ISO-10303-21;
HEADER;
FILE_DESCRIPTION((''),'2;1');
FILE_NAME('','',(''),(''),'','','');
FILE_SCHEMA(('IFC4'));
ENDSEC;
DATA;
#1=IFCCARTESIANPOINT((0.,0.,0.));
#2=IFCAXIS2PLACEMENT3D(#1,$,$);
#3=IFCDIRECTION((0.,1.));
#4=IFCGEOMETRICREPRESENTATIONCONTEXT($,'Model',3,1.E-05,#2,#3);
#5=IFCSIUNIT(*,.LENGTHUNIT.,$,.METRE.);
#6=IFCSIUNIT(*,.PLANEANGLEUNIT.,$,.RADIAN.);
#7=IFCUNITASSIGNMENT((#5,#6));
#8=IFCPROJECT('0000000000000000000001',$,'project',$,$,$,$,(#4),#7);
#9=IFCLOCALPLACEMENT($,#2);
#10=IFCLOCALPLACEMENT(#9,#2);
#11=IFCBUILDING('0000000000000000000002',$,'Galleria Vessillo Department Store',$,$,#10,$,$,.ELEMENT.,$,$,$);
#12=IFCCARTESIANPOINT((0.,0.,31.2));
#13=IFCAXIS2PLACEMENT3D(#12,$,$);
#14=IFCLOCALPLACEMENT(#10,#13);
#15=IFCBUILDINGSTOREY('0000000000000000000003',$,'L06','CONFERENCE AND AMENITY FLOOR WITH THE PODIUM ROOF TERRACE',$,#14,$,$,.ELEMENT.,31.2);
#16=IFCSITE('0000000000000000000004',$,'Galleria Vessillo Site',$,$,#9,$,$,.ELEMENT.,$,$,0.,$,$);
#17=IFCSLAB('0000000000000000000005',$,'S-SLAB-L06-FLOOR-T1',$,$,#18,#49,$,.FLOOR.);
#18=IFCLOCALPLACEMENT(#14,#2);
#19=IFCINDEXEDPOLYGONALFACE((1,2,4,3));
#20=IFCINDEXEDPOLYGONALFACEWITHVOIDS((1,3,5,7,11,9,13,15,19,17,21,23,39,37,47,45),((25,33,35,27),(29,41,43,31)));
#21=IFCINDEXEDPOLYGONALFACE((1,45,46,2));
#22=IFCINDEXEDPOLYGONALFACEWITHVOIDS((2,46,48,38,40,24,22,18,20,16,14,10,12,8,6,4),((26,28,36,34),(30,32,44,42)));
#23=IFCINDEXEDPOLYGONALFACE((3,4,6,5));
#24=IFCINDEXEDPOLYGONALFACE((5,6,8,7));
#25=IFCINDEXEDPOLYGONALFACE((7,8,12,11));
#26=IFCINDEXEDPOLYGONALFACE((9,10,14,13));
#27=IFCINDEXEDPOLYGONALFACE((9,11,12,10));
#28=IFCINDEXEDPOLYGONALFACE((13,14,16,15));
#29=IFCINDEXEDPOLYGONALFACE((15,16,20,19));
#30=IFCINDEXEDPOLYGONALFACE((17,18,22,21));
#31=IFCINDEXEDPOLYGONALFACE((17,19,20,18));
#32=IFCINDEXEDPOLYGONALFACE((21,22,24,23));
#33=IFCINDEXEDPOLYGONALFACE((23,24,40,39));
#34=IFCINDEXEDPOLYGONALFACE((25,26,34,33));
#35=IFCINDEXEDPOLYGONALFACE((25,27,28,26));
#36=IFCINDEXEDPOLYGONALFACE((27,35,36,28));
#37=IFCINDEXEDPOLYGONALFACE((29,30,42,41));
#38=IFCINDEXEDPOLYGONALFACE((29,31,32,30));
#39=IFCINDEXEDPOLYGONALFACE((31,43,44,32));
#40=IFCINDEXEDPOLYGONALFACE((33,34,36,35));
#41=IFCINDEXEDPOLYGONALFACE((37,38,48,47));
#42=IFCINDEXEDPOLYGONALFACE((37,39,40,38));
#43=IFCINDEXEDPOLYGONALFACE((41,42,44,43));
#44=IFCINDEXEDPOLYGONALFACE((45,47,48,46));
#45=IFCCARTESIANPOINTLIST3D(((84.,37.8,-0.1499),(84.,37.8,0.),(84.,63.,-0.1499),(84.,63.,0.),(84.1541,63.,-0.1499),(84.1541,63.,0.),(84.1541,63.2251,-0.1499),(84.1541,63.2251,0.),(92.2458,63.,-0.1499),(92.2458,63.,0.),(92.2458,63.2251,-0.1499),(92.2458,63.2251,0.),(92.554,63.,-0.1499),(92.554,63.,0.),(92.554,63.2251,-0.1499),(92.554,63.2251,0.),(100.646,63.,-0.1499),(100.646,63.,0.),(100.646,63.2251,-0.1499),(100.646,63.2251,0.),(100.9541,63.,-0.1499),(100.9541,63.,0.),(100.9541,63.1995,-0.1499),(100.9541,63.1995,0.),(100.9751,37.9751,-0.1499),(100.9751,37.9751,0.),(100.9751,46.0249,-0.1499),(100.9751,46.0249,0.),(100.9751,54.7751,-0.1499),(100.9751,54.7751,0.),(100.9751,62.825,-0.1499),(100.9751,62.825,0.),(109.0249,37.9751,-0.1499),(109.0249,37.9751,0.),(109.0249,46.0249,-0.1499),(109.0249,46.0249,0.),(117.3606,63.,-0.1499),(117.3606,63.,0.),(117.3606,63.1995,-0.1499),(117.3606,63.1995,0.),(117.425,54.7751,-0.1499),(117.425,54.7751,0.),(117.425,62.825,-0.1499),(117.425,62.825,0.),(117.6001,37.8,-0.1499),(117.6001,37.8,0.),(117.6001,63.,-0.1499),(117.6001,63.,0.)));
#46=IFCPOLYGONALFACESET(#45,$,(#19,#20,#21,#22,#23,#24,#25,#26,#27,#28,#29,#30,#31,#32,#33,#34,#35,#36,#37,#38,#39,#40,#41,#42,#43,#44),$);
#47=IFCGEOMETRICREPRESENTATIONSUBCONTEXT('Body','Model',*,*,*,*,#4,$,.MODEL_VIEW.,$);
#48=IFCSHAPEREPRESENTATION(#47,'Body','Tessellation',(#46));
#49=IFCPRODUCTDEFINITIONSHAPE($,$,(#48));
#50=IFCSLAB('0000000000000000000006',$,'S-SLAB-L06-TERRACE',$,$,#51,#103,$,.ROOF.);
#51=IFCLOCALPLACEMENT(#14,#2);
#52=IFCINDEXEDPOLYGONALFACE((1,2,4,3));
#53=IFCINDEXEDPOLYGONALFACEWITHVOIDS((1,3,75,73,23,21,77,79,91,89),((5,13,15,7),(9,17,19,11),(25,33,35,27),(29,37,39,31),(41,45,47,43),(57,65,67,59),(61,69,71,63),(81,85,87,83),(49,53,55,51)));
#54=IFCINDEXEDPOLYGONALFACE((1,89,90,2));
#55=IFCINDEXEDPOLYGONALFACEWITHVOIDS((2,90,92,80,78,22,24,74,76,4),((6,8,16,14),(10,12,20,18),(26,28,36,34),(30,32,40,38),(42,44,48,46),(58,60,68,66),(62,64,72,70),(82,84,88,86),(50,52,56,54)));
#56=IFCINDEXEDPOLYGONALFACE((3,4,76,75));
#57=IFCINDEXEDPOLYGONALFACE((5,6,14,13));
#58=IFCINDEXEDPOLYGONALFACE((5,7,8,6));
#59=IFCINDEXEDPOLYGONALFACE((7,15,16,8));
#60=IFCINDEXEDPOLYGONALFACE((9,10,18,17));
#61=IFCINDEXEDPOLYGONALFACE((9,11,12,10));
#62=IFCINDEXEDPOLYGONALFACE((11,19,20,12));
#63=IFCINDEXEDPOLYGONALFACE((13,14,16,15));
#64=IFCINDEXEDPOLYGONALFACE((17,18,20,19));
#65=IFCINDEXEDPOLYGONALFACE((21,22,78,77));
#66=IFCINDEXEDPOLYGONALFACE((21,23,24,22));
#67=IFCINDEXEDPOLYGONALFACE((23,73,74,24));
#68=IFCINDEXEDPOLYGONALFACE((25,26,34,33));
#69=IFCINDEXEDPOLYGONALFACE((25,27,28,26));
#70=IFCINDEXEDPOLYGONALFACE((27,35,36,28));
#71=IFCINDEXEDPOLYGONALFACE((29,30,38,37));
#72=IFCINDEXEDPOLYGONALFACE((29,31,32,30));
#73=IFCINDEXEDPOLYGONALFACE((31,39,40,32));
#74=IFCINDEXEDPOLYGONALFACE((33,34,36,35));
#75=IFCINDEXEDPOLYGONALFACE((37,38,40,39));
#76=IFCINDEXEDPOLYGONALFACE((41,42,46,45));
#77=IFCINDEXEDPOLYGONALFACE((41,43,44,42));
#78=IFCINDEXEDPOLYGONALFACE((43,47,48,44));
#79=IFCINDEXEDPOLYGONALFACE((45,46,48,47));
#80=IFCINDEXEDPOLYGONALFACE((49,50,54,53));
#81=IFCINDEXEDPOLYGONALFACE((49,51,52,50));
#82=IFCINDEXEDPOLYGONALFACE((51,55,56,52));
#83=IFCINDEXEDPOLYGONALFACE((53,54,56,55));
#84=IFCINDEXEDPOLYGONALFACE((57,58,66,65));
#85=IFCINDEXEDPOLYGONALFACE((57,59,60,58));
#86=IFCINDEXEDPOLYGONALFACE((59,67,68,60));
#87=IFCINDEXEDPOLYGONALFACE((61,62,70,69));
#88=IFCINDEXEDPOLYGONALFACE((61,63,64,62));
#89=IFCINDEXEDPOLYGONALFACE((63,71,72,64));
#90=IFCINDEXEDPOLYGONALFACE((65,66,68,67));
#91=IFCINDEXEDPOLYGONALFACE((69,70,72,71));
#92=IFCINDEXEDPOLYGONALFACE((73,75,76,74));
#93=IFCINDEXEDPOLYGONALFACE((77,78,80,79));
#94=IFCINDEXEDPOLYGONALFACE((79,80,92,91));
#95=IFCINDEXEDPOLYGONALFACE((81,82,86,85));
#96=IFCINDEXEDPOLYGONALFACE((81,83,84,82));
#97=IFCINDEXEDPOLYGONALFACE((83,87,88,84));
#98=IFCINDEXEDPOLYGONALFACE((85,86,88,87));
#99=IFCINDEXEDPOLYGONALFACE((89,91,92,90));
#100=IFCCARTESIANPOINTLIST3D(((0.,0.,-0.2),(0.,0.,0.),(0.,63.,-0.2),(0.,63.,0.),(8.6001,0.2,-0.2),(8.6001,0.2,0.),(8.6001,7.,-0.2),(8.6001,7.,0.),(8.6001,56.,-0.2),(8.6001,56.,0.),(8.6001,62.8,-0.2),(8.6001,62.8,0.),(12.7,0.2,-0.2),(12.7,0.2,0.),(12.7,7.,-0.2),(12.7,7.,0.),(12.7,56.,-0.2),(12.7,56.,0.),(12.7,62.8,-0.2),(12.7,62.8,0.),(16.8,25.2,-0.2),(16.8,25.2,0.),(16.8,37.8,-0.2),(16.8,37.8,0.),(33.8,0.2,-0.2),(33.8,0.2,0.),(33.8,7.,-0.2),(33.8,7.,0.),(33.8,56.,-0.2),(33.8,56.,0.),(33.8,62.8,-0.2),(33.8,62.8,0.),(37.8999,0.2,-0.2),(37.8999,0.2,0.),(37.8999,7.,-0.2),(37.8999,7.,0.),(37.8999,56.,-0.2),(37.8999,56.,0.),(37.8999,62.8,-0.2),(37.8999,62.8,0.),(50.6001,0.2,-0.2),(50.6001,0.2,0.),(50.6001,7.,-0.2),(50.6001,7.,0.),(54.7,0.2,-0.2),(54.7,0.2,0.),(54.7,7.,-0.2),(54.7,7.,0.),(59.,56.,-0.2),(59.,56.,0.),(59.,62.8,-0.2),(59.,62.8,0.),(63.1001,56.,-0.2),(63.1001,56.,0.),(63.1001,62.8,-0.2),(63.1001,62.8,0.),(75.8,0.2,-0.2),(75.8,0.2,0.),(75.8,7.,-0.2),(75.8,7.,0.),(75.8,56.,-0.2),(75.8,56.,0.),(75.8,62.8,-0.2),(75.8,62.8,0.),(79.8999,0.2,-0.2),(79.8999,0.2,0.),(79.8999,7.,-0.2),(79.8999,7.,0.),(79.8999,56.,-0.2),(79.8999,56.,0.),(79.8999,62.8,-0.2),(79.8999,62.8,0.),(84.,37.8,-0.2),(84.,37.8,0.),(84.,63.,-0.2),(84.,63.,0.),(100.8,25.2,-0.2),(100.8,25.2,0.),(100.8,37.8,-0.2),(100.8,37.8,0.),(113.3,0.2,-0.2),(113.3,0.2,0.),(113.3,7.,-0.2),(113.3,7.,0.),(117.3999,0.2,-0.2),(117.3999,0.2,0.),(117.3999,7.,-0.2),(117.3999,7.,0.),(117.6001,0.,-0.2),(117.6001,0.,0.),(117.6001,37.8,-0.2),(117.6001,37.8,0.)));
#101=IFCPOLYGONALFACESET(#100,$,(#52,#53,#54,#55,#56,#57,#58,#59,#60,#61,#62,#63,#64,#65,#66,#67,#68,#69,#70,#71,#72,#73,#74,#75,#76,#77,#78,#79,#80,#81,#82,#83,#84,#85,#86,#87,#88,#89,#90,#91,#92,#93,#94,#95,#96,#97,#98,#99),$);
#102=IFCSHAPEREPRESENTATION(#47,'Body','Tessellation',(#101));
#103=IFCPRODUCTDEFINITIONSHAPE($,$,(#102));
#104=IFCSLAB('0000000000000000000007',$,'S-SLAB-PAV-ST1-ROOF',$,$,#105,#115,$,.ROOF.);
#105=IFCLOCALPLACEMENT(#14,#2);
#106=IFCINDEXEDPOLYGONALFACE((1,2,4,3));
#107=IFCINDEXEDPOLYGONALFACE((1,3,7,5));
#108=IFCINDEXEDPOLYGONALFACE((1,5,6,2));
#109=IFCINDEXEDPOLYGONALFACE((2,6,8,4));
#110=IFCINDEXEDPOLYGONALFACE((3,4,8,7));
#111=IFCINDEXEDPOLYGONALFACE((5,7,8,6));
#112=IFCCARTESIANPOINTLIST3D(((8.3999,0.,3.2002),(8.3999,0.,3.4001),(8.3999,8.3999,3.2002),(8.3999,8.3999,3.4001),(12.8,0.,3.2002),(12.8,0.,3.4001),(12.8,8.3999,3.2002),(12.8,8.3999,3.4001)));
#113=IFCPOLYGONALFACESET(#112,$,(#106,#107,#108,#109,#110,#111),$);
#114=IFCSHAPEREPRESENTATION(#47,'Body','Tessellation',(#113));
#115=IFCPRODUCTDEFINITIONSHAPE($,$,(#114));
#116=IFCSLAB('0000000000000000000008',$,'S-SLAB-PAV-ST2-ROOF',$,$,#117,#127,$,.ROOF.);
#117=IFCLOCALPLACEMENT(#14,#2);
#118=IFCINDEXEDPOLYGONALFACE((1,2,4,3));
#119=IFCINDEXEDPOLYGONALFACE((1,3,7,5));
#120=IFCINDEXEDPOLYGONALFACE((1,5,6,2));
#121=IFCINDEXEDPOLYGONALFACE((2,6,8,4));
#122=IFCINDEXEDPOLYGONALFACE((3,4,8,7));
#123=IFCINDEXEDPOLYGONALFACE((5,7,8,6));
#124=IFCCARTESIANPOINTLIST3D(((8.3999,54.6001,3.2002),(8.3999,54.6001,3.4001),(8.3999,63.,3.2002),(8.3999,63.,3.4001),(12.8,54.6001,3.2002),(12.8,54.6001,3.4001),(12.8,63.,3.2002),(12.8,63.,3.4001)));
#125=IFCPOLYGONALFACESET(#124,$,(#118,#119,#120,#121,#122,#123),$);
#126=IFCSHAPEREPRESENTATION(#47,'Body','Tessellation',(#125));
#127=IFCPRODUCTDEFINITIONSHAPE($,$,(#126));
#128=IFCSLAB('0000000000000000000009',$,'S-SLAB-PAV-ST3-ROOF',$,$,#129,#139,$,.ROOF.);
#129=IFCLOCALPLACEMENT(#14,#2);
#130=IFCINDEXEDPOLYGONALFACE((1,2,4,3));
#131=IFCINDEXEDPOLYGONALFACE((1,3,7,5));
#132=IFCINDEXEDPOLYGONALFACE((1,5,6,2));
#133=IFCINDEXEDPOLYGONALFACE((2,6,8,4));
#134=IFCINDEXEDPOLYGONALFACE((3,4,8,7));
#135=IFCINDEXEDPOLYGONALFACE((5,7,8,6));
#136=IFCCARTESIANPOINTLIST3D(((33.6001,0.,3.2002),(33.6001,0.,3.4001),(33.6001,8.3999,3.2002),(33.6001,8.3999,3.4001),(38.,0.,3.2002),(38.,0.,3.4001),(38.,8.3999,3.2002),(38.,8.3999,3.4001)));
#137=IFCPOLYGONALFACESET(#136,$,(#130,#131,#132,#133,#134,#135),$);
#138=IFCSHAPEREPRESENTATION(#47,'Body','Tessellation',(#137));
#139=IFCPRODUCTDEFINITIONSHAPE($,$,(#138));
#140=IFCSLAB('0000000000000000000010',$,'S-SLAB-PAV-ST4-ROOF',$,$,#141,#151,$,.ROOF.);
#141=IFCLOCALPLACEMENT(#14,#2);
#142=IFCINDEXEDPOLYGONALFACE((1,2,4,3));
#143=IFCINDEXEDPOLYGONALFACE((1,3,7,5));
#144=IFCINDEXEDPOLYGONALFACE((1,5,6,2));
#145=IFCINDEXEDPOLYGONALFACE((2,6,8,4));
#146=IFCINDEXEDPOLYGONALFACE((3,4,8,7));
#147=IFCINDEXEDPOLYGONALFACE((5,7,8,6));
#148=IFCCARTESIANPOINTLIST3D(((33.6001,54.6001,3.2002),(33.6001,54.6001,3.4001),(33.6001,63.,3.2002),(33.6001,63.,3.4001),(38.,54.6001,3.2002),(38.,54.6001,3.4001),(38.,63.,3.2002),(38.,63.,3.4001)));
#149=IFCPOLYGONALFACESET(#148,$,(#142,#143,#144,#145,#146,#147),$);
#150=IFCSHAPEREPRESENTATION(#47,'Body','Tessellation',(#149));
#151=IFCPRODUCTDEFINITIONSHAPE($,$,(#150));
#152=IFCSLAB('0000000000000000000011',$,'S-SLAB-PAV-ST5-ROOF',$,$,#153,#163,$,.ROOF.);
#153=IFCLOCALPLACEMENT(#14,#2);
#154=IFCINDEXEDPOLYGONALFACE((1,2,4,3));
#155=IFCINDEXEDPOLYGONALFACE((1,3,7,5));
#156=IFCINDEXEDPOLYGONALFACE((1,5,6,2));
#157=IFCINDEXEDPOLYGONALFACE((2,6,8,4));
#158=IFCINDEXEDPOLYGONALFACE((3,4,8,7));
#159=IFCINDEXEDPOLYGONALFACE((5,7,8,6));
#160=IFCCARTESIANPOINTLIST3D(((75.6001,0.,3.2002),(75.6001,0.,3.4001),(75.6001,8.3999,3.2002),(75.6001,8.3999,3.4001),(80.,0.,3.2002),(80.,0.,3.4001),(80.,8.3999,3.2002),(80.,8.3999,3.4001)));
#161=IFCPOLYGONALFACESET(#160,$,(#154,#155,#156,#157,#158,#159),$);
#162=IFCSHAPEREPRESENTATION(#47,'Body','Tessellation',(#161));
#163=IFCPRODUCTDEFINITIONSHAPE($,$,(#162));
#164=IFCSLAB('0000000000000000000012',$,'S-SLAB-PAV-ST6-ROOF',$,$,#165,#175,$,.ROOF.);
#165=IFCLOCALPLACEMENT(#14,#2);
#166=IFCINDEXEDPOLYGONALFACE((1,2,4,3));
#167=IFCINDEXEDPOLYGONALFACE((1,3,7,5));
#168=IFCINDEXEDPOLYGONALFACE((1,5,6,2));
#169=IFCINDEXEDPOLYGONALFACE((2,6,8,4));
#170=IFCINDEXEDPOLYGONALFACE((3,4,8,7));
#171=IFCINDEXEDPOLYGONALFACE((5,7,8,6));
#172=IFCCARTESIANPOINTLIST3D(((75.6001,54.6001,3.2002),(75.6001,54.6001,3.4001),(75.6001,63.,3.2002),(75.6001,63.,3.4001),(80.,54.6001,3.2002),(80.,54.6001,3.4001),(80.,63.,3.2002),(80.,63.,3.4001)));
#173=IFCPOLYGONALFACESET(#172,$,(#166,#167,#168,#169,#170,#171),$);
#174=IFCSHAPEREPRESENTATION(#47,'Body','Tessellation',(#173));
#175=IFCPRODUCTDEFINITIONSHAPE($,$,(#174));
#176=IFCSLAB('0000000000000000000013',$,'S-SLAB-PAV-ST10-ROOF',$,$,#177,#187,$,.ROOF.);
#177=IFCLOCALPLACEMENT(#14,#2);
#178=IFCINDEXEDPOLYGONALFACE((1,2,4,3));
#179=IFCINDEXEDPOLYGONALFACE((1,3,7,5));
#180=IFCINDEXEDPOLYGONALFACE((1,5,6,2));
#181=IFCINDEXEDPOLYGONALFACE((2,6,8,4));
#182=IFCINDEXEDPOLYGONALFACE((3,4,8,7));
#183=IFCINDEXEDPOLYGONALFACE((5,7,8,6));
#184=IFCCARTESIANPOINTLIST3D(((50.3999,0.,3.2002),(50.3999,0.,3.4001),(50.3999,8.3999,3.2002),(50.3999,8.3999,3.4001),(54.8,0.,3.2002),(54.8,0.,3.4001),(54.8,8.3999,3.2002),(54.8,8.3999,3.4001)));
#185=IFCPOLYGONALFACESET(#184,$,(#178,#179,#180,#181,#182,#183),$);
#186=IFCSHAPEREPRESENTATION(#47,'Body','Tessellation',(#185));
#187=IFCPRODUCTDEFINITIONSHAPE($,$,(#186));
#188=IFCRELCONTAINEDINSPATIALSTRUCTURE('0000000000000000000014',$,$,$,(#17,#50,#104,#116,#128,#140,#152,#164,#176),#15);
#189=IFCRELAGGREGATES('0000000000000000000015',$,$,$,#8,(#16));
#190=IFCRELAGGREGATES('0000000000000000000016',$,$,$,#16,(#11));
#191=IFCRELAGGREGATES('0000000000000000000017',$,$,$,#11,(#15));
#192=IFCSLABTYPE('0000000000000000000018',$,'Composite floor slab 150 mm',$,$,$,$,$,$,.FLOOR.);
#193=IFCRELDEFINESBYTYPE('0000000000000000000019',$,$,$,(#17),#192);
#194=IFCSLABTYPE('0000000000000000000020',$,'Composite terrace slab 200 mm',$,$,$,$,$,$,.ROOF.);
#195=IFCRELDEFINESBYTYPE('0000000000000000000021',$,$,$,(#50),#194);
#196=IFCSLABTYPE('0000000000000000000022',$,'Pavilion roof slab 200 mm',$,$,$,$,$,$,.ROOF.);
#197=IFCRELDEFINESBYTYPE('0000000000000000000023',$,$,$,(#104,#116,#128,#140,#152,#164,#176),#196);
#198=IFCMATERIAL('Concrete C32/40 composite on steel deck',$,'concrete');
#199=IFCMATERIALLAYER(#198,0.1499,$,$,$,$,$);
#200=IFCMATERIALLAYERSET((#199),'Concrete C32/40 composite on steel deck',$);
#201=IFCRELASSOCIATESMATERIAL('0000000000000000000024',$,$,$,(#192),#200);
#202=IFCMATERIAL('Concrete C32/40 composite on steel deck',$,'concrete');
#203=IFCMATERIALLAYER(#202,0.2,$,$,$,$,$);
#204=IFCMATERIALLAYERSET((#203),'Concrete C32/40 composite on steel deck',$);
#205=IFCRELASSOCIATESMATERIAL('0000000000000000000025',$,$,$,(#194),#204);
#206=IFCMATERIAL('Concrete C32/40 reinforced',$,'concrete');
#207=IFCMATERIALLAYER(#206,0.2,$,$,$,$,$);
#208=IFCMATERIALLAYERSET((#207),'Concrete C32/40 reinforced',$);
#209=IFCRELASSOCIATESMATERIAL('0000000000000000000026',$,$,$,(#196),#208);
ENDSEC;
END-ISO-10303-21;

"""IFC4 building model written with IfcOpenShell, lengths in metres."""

from ifc_helpers import new_model, si_unit, direction, frame, origin, place, context, subcontext, project, spatial, polyline, outline, extrude, material, layer, layer_set, type_object, element, save


model = new_model("IFC4")

# Units and contexts
model_context = context("Model", 3, precision=1e-05, world=origin(), true_north=direction((0.0, 1.0)))
body_context = subcontext(model_context, "Body", "Model", "MODEL_VIEW")
ifc_project = project(units=[si_unit("LENGTHUNIT", "METRE"), si_unit("PLANEANGLEUNIT", "RADIAN")], contexts=[model_context])

# Site, building, storey
site_placement = place(None, origin())
site = spatial("IfcSite", under=ifc_project, at=site_placement, Name="Galleria Vessillo Site", CompositionType="ELEMENT", RefElevation=0.0)
building_placement = place(site_placement, origin())
building = spatial("IfcBuilding", under=site, at=building_placement, Name="Galleria Vessillo Department Store", CompositionType="ELEMENT")
storey_placement = place(building_placement, frame((0.0, 0.0, 31.2)))
storey = spatial("IfcBuildingStorey", under=building, at=storey_placement, Name="L06", Description="CONFERENCE AND AMENITY FLOOR WITH THE PODIUM ROOF TERRACE", CompositionType="ELEMENT", Elevation=31.2)

# Slabs
ifc_material_1 = material(Name="Concrete C32/40 composite on steel deck", Category="concrete")
ifc_layer_1 = layer(ifc_material_1, 0.1499)
ifc_layer_set_1 = layer_set([ifc_layer_1], Name="Concrete C32/40 composite on steel deck")
slab_type_1 = type_object("IfcSlabType", Name="Composite floor slab 150 mm", PredefinedType="FLOOR", material=ifc_layer_set_1)
slab_1_placement = place(storey_placement, frame((0.0, 0.0, -0.1499)))
element("IfcSlab", 1, at=slab_1_placement, inside=storey, type_object=slab_type_1, Name="S-SLAB-L06-FLOOR-T1", PredefinedType="FLOOR", context=body_context, shape_type="SweptSolid", body=[
    extrude(outline(polyline([(84.1541, 63.0), (84.1541, 63.2251), (92.2458, 63.2251), (92.2458, 63.0), (92.554, 63.0), (92.554, 63.2251), (100.646, 63.2251), (100.646, 63.0), (100.9541, 63.0), (100.9541, 63.1995), (117.3606, 63.1995), (117.3606, 63.0), (117.6001, 63.0), (117.6001, 37.8), (84.0, 37.8), (84.0, 63.0), (84.1541, 63.0)]), holes=[polyline([(109.0249, 37.9751), (109.0249, 46.0249), (100.9751, 46.0249), (100.9751, 37.9751), (109.0249, 37.9751)]), polyline([(117.425, 54.7751), (117.425, 62.825), (100.9751, 62.825), (100.9751, 54.7751), (117.425, 54.7751)])]), origin(), (0.0, 0.0, 1.0), 0.1499),
])
ifc_material_2 = material(Name="Concrete C32/40 composite on steel deck", Category="concrete")
ifc_layer_2 = layer(ifc_material_2, 0.2)
ifc_layer_set_2 = layer_set([ifc_layer_2], Name="Concrete C32/40 composite on steel deck")
slab_type_2 = type_object("IfcSlabType", Name="Composite terrace slab 200 mm", PredefinedType="ROOF", material=ifc_layer_set_2)
slab_2_placement = place(storey_placement, frame((0.0, 0.0, -0.2)))
element("IfcSlab", 2, at=slab_2_placement, inside=storey, type_object=slab_type_2, Name="S-SLAB-L06-TERRACE", PredefinedType="ROOF", context=body_context, shape_type="SweptSolid", body=[
    extrude(outline(polyline([(117.6001, 0.0), (0.0, 0.0), (0.0, 63.0), (84.0, 63.0), (84.0, 37.8), (16.8, 37.8), (16.8, 25.2), (100.8, 25.2), (100.8, 37.8), (117.6001, 37.8), (117.6001, 0.0)]), holes=[polyline([(12.7, 0.2), (12.7, 7.0), (8.6001, 7.0), (8.6001, 0.2), (12.7, 0.2)]), polyline([(12.7, 56.0), (12.7, 62.8), (8.6001, 62.8), (8.6001, 56.0), (12.7, 56.0)]), polyline([(37.8999, 0.2), (37.8999, 7.0), (33.8, 7.0), (33.8, 0.2), (37.8999, 0.2)]), polyline([(37.8999, 56.0), (37.8999, 62.8), (33.8, 62.8), (33.8, 56.0), (37.8999, 56.0)]), polyline([(79.8999, 0.2), (79.8999, 7.0), (75.8, 7.0), (75.8, 0.2), (79.8999, 0.2)]), polyline([(79.8999, 56.0), (79.8999, 62.8), (75.8, 62.8), (75.8, 56.0), (79.8999, 56.0)]), polyline([(54.7, 0.2), (54.7, 7.0), (50.6001, 7.0), (50.6001, 0.2), (54.7, 0.2)]), polyline([(63.1001, 56.0), (63.1001, 62.8), (59.0, 62.8), (59.0, 56.0), (63.1001, 56.0)]), polyline([(117.3999, 0.2), (117.3999, 7.0), (113.3, 7.0), (113.3, 0.2), (117.3999, 0.2)])]), origin(), (0.0, 0.0, 1.0), 0.2),
])
ifc_material_3 = material(Name="Concrete C32/40 reinforced", Category="concrete")
ifc_layer_3 = layer(ifc_material_3, 0.2)
ifc_layer_set_3 = layer_set([ifc_layer_3], Name="Concrete C32/40 reinforced")
slab_type_3 = type_object("IfcSlabType", Name="Pavilion roof slab 200 mm", PredefinedType="ROOF", material=ifc_layer_set_3)
slab_3_placement = place(storey_placement, frame((0.0, 0.0, 3.2002)))
element("IfcSlab", 3, at=slab_3_placement, inside=storey, type_object=slab_type_3, Name="S-SLAB-PAV-ST1-ROOF", PredefinedType="ROOF", context=body_context, shape_type="SweptSolid", body=[
    extrude(outline(polyline([(12.8, 0.0), (12.8, 8.3999), (8.3999, 8.3999), (8.3999, 0.0), (12.8, 0.0)])), origin(), (0.0, 0.0, 1.0), 0.2),
])
slab_4_placement = place(storey_placement, frame((0.0, 0.0, 3.2002)))
element("IfcSlab", 4, at=slab_4_placement, inside=storey, type_object=slab_type_3, Name="S-SLAB-PAV-ST2-ROOF", PredefinedType="ROOF", context=body_context, shape_type="SweptSolid", body=[
    extrude(outline(polyline([(12.8, 54.6001), (12.8, 63.0), (8.3999, 63.0), (8.3999, 54.6001), (12.8, 54.6001)])), origin(), (0.0, 0.0, 1.0), 0.2),
])
slab_5_placement = place(storey_placement, frame((0.0, 0.0, 3.2002)))
element("IfcSlab", 5, at=slab_5_placement, inside=storey, type_object=slab_type_3, Name="S-SLAB-PAV-ST3-ROOF", PredefinedType="ROOF", context=body_context, shape_type="SweptSolid", body=[
    extrude(outline(polyline([(38.0, 0.0), (38.0, 8.3999), (33.6001, 8.3999), (33.6001, 0.0), (38.0, 0.0)])), origin(), (0.0, 0.0, 1.0), 0.2),
])
slab_6_placement = place(storey_placement, frame((0.0, 0.0, 3.2002)))
element("IfcSlab", 6, at=slab_6_placement, inside=storey, type_object=slab_type_3, Name="S-SLAB-PAV-ST4-ROOF", PredefinedType="ROOF", context=body_context, shape_type="SweptSolid", body=[
    extrude(outline(polyline([(38.0, 54.6001), (38.0, 63.0), (33.6001, 63.0), (33.6001, 54.6001), (38.0, 54.6001)])), origin(), (0.0, 0.0, 1.0), 0.2),
])
slab_7_placement = place(storey_placement, frame((0.0, 0.0, 3.2002)))
element("IfcSlab", 7, at=slab_7_placement, inside=storey, type_object=slab_type_3, Name="S-SLAB-PAV-ST5-ROOF", PredefinedType="ROOF", context=body_context, shape_type="SweptSolid", body=[
    extrude(outline(polyline([(80.0, 0.0), (80.0, 8.3999), (75.6001, 8.3999), (75.6001, 0.0), (80.0, 0.0)])), origin(), (0.0, 0.0, 1.0), 0.2),
])
slab_8_placement = place(storey_placement, frame((0.0, 0.0, 3.2002)))
element("IfcSlab", 8, at=slab_8_placement, inside=storey, type_object=slab_type_3, Name="S-SLAB-PAV-ST6-ROOF", PredefinedType="ROOF", context=body_context, shape_type="SweptSolid", body=[
    extrude(outline(polyline([(80.0, 54.6001), (80.0, 63.0), (75.6001, 63.0), (75.6001, 54.6001), (80.0, 54.6001)])), origin(), (0.0, 0.0, 1.0), 0.2),
])
slab_9_placement = place(storey_placement, frame((0.0, 0.0, 3.2002)))
element("IfcSlab", 9, at=slab_9_placement, inside=storey, type_object=slab_type_3, Name="S-SLAB-PAV-ST10-ROOF", PredefinedType="ROOF", context=body_context, shape_type="SweptSolid", body=[
    extrude(outline(polyline([(54.8, 0.0), (54.8, 8.3999), (50.3999, 8.3999), (50.3999, 0.0), (54.8, 0.0)])), origin(), (0.0, 0.0, 1.0), 0.2),
])

save(model, "model.ifc")
